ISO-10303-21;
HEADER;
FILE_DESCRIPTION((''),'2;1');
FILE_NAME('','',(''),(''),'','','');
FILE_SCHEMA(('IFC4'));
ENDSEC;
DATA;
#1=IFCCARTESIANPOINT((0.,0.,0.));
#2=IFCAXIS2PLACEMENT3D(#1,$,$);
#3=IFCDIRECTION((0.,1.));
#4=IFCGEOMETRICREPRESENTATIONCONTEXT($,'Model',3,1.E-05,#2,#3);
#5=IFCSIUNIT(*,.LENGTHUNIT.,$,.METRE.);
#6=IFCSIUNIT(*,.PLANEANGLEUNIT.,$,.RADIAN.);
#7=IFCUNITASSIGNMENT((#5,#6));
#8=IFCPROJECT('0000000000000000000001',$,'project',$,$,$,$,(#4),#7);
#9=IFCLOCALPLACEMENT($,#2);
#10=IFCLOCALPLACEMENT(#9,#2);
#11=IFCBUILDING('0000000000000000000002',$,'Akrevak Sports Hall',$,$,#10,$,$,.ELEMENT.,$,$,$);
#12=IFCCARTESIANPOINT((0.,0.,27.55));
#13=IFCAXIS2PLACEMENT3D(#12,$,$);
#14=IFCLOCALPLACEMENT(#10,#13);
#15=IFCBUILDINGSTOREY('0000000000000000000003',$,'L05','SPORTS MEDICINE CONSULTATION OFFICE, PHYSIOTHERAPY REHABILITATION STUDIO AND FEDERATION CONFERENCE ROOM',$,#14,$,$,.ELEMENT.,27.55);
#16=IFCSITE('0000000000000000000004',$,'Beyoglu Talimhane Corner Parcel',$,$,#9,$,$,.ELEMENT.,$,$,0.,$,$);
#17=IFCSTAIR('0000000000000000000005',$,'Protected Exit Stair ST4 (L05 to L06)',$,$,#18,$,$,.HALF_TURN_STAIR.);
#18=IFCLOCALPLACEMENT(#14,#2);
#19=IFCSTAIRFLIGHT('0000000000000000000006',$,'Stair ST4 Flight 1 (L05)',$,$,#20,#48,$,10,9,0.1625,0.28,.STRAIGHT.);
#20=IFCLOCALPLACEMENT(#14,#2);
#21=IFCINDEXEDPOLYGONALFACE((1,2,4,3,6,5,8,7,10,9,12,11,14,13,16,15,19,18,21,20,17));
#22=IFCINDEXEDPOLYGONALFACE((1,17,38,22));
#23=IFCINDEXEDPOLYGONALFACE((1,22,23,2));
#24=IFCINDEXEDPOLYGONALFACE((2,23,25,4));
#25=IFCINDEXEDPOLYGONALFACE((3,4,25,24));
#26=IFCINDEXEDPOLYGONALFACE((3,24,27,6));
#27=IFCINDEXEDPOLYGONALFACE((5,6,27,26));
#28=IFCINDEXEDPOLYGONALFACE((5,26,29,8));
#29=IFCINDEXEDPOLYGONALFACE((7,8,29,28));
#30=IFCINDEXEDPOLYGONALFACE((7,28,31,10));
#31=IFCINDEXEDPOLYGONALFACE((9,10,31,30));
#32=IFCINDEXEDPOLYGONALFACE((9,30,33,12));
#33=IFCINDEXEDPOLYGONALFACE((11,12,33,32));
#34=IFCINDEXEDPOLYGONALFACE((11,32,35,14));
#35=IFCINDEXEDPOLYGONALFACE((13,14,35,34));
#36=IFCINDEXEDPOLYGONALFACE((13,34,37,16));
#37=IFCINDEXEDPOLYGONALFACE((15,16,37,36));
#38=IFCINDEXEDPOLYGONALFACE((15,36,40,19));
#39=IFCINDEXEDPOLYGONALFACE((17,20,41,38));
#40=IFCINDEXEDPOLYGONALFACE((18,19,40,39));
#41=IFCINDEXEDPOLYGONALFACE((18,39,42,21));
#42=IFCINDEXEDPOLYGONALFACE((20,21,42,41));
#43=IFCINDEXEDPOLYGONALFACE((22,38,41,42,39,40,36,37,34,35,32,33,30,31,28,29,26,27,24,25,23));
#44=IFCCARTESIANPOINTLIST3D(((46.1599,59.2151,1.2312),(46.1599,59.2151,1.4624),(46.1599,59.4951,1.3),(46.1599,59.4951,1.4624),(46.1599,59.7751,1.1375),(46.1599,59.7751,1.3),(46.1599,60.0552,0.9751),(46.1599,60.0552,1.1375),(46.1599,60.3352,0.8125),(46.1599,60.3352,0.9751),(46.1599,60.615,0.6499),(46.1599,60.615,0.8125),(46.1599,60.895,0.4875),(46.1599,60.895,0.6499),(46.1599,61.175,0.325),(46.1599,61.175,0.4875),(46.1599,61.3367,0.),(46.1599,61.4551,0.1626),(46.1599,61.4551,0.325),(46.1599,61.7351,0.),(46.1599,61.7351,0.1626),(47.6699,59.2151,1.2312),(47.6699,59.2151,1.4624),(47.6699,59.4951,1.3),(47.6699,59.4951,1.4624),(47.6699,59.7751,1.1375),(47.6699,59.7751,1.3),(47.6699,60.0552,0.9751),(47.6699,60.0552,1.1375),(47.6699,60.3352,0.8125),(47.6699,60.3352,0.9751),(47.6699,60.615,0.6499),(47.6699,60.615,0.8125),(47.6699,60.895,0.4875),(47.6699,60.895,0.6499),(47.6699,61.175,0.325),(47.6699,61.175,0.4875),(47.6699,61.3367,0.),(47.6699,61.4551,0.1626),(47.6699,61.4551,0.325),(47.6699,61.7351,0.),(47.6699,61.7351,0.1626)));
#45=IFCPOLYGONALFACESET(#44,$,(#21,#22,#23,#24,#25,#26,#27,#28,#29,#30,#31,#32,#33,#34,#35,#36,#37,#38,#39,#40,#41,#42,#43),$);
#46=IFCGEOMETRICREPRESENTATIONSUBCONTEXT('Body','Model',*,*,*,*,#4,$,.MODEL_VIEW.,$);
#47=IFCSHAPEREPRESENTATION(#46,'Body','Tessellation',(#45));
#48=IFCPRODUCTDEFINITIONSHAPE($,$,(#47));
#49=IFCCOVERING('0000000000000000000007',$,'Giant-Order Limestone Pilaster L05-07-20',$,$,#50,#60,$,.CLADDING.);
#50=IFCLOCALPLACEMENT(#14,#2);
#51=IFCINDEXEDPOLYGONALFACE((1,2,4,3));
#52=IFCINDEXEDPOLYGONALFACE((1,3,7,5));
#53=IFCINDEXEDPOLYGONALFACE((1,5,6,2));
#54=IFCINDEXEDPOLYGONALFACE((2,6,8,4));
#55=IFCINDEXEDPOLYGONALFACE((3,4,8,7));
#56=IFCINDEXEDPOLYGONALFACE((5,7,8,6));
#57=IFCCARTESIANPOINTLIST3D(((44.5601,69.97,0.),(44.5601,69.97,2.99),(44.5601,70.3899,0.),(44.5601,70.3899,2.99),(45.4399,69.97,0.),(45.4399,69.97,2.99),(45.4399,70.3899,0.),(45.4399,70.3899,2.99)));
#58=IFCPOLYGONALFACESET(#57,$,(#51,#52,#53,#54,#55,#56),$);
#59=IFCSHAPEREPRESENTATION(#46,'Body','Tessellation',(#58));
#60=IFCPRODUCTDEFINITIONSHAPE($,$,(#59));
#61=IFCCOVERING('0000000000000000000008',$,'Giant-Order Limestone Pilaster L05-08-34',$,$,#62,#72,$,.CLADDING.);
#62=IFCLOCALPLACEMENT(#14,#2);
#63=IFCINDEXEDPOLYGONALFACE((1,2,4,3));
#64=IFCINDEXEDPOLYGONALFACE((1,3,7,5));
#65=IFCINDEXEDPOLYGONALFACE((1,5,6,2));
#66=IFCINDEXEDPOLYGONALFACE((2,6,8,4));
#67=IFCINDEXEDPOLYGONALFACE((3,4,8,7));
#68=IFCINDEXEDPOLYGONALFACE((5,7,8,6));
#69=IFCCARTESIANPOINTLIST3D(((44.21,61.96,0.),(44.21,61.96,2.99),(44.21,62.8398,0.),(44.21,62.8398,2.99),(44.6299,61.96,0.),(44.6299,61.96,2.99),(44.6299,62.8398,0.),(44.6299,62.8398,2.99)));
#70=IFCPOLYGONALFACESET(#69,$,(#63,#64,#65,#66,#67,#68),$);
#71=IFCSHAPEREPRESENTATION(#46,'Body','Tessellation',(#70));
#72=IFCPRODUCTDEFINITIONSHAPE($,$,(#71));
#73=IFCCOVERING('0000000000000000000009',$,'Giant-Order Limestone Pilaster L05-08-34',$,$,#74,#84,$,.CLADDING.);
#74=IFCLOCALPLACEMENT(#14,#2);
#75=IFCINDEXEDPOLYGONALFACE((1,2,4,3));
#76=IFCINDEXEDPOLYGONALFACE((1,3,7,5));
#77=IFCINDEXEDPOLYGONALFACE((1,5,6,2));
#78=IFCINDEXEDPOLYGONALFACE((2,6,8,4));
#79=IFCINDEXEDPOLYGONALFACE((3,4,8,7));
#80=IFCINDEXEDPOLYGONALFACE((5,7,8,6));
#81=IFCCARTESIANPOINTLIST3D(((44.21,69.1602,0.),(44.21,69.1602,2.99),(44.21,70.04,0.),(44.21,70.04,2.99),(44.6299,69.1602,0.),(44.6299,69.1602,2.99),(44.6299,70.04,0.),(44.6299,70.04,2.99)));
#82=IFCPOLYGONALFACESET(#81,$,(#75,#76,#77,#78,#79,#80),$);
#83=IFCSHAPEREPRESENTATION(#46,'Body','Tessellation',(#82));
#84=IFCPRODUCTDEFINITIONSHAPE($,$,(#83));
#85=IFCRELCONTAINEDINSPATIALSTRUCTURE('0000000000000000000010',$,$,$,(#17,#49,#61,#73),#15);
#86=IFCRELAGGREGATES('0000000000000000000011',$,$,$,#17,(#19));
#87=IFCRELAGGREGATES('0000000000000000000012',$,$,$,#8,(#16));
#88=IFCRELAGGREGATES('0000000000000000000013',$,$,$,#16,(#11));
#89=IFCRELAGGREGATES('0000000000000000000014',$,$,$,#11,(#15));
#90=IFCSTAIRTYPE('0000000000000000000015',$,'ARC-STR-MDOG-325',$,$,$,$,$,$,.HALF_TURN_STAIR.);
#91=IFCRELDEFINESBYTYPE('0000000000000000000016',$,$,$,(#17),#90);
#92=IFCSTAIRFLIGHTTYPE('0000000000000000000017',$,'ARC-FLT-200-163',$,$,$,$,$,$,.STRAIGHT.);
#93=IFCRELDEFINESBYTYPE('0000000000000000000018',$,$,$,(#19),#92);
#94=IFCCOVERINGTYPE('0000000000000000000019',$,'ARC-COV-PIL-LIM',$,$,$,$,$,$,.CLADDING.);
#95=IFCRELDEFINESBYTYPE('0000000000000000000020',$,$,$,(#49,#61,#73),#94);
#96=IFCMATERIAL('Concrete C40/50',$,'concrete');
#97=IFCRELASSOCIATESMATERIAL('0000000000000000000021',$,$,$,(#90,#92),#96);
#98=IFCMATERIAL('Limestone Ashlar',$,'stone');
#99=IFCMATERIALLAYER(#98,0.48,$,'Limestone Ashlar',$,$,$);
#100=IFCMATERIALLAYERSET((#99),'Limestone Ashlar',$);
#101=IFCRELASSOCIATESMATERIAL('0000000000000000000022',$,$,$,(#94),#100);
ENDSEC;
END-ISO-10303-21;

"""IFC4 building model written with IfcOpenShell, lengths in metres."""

from ifc_helpers import new_model, si_unit, direction, frame, origin, origin_2d, place, context, subcontext, project, spatial, polyline, rectangle, outline, extrude, material, layer, layer_set, type_object, element, aggregate, save


model = new_model("IFC4")

# Units and contexts
model_context = context("Model", 3, precision=1e-05, world=origin(), true_north=direction((0.0, 1.0)))
body_context = subcontext(model_context, "Body", "Model", "MODEL_VIEW")
ifc_project = project(units=[si_unit("LENGTHUNIT", "METRE"), si_unit("PLANEANGLEUNIT", "RADIAN")], contexts=[model_context])

# Site, building, storey
site_placement = place(None, origin())
site = spatial("IfcSite", under=ifc_project, at=site_placement, Name="Beyoglu Talimhane Corner Parcel", CompositionType="ELEMENT", RefElevation=0.0)
building_placement = place(site_placement, origin())
building = spatial("IfcBuilding", under=site, at=building_placement, Name="Akrevak Sports Hall", CompositionType="ELEMENT")
storey_placement = place(building_placement, frame((0.0, 0.0, 27.55)))
storey = spatial("IfcBuildingStorey", under=building, at=storey_placement, Name="L05", Description="SPORTS MEDICINE CONSULTATION OFFICE, PHYSIOTHERAPY REHABILITATION STUDIO AND FEDERATION CONFERENCE ROOM", CompositionType="ELEMENT", Elevation=27.55)

# Shared definitions
ifc_material_1 = material(Name="Concrete C40/50", Category="concrete")

# Shared definitions
ifc_material_2 = material(Name="Limestone Ashlar", Category="stone")

# Stair, stair flight
stair_type = type_object("IfcStairType", Name="ARC-STR-MDOG-325", PredefinedType="HALF_TURN_STAIR", material=ifc_material_1)
stair_placement = place(storey_placement, origin())
stair = element("IfcStair", 1, at=stair_placement, inside=storey, type_object=stair_type, Name="Protected Exit Stair ST4 (L05 to L06)", PredefinedType="HALF_TURN_STAIR")
stair_flight_type = type_object("IfcStairFlightType", Name="ARC-FLT-200-163", PredefinedType="STRAIGHT", material=ifc_material_1)
stair_flight_placement = place(storey_placement, frame((46.915, 61.7351, 0.0), z_axis=(0.0, 0.0, 1.0), x_axis=(0.0, -1.0, 0.0)))
stair_flight = element("IfcStairFlight", 2, at=stair_flight_placement, type_object=stair_flight_type, Name="Stair ST4 Flight 1 (L05)", NumberOfRisers=10, NumberOfTreads=9, PredefinedType="STRAIGHT", RiserHeight=0.1625, TreadLength=0.28, context=body_context, shape_type="SweptSolid", body=[
    extrude(outline(polyline([(0.0, 0.0), (0.0, 0.1626), (0.28, 0.1626), (0.28, 0.325), (0.5601, 0.325), (0.5601, 0.4875), (0.8401, 0.4875), (0.8401, 0.6499), (1.1201, 0.6499), (1.1201, 0.8125), (1.3999, 0.8125), (1.3999, 0.9751), (1.6799, 0.9751), (1.6799, 1.1375), (1.96, 1.1375), (1.96, 1.3), (2.24, 1.3), (2.24, 1.4624), (2.52, 1.4624), (2.52, 1.625), (2.52, 1.2312), (0.3984, 0.0), (0.0, 0.0)])), frame((0.0, 0.7549, 0.0), z_axis=(0.0, -1.0, 0.0), x_axis=(1.0, 0.0, 0.0)), (0.0, 0.0, 1.0), 1.51),
])
aggregate(stair, [stair_flight])

# Coverings
ifc_layer_1 = layer(ifc_material_2, 0.48, Name="Limestone Ashlar")
ifc_layer_set_1 = layer_set([ifc_layer_1], Name="Limestone Ashlar")
covering_type = type_object("IfcCoveringType", Name="ARC-COV-PIL-LIM", PredefinedType="CLADDING", material=ifc_layer_set_1)
for number, where, z_axis, x_axis, name in (
    (3, (45.0, 70.1799, 0.0), (0.0, 0.0, 1.0), (-1.0, 0.0, 0.0), "Giant-Order Limestone Pilaster L05-07-20"),
    (4, (44.4199, 62.3999, 0.0), (0.0, 0.0, 1.0), (0.0, -1.0, 0.0), "Giant-Order Limestone Pilaster L05-08-34"),
    (5, (44.4199, 69.6001, 0.0), (0.0, 0.0, 1.0), (0.0, -1.0, 0.0), "Giant-Order Limestone Pilaster L05-08-34"),
):
    element("IfcCovering", number, at=place(storey_placement, frame(where, z_axis=z_axis, x_axis=x_axis)), inside=storey, type_object=covering_type, Name=name, PredefinedType="CLADDING", context=body_context, shape_type="SweptSolid", body=[
        extrude(rectangle(XDim=0.8799, YDim=0.4199, at=origin_2d()), origin(), (0.0, 0.0, 1.0), 2.99),
    ])

save(model, "model.ifc")
